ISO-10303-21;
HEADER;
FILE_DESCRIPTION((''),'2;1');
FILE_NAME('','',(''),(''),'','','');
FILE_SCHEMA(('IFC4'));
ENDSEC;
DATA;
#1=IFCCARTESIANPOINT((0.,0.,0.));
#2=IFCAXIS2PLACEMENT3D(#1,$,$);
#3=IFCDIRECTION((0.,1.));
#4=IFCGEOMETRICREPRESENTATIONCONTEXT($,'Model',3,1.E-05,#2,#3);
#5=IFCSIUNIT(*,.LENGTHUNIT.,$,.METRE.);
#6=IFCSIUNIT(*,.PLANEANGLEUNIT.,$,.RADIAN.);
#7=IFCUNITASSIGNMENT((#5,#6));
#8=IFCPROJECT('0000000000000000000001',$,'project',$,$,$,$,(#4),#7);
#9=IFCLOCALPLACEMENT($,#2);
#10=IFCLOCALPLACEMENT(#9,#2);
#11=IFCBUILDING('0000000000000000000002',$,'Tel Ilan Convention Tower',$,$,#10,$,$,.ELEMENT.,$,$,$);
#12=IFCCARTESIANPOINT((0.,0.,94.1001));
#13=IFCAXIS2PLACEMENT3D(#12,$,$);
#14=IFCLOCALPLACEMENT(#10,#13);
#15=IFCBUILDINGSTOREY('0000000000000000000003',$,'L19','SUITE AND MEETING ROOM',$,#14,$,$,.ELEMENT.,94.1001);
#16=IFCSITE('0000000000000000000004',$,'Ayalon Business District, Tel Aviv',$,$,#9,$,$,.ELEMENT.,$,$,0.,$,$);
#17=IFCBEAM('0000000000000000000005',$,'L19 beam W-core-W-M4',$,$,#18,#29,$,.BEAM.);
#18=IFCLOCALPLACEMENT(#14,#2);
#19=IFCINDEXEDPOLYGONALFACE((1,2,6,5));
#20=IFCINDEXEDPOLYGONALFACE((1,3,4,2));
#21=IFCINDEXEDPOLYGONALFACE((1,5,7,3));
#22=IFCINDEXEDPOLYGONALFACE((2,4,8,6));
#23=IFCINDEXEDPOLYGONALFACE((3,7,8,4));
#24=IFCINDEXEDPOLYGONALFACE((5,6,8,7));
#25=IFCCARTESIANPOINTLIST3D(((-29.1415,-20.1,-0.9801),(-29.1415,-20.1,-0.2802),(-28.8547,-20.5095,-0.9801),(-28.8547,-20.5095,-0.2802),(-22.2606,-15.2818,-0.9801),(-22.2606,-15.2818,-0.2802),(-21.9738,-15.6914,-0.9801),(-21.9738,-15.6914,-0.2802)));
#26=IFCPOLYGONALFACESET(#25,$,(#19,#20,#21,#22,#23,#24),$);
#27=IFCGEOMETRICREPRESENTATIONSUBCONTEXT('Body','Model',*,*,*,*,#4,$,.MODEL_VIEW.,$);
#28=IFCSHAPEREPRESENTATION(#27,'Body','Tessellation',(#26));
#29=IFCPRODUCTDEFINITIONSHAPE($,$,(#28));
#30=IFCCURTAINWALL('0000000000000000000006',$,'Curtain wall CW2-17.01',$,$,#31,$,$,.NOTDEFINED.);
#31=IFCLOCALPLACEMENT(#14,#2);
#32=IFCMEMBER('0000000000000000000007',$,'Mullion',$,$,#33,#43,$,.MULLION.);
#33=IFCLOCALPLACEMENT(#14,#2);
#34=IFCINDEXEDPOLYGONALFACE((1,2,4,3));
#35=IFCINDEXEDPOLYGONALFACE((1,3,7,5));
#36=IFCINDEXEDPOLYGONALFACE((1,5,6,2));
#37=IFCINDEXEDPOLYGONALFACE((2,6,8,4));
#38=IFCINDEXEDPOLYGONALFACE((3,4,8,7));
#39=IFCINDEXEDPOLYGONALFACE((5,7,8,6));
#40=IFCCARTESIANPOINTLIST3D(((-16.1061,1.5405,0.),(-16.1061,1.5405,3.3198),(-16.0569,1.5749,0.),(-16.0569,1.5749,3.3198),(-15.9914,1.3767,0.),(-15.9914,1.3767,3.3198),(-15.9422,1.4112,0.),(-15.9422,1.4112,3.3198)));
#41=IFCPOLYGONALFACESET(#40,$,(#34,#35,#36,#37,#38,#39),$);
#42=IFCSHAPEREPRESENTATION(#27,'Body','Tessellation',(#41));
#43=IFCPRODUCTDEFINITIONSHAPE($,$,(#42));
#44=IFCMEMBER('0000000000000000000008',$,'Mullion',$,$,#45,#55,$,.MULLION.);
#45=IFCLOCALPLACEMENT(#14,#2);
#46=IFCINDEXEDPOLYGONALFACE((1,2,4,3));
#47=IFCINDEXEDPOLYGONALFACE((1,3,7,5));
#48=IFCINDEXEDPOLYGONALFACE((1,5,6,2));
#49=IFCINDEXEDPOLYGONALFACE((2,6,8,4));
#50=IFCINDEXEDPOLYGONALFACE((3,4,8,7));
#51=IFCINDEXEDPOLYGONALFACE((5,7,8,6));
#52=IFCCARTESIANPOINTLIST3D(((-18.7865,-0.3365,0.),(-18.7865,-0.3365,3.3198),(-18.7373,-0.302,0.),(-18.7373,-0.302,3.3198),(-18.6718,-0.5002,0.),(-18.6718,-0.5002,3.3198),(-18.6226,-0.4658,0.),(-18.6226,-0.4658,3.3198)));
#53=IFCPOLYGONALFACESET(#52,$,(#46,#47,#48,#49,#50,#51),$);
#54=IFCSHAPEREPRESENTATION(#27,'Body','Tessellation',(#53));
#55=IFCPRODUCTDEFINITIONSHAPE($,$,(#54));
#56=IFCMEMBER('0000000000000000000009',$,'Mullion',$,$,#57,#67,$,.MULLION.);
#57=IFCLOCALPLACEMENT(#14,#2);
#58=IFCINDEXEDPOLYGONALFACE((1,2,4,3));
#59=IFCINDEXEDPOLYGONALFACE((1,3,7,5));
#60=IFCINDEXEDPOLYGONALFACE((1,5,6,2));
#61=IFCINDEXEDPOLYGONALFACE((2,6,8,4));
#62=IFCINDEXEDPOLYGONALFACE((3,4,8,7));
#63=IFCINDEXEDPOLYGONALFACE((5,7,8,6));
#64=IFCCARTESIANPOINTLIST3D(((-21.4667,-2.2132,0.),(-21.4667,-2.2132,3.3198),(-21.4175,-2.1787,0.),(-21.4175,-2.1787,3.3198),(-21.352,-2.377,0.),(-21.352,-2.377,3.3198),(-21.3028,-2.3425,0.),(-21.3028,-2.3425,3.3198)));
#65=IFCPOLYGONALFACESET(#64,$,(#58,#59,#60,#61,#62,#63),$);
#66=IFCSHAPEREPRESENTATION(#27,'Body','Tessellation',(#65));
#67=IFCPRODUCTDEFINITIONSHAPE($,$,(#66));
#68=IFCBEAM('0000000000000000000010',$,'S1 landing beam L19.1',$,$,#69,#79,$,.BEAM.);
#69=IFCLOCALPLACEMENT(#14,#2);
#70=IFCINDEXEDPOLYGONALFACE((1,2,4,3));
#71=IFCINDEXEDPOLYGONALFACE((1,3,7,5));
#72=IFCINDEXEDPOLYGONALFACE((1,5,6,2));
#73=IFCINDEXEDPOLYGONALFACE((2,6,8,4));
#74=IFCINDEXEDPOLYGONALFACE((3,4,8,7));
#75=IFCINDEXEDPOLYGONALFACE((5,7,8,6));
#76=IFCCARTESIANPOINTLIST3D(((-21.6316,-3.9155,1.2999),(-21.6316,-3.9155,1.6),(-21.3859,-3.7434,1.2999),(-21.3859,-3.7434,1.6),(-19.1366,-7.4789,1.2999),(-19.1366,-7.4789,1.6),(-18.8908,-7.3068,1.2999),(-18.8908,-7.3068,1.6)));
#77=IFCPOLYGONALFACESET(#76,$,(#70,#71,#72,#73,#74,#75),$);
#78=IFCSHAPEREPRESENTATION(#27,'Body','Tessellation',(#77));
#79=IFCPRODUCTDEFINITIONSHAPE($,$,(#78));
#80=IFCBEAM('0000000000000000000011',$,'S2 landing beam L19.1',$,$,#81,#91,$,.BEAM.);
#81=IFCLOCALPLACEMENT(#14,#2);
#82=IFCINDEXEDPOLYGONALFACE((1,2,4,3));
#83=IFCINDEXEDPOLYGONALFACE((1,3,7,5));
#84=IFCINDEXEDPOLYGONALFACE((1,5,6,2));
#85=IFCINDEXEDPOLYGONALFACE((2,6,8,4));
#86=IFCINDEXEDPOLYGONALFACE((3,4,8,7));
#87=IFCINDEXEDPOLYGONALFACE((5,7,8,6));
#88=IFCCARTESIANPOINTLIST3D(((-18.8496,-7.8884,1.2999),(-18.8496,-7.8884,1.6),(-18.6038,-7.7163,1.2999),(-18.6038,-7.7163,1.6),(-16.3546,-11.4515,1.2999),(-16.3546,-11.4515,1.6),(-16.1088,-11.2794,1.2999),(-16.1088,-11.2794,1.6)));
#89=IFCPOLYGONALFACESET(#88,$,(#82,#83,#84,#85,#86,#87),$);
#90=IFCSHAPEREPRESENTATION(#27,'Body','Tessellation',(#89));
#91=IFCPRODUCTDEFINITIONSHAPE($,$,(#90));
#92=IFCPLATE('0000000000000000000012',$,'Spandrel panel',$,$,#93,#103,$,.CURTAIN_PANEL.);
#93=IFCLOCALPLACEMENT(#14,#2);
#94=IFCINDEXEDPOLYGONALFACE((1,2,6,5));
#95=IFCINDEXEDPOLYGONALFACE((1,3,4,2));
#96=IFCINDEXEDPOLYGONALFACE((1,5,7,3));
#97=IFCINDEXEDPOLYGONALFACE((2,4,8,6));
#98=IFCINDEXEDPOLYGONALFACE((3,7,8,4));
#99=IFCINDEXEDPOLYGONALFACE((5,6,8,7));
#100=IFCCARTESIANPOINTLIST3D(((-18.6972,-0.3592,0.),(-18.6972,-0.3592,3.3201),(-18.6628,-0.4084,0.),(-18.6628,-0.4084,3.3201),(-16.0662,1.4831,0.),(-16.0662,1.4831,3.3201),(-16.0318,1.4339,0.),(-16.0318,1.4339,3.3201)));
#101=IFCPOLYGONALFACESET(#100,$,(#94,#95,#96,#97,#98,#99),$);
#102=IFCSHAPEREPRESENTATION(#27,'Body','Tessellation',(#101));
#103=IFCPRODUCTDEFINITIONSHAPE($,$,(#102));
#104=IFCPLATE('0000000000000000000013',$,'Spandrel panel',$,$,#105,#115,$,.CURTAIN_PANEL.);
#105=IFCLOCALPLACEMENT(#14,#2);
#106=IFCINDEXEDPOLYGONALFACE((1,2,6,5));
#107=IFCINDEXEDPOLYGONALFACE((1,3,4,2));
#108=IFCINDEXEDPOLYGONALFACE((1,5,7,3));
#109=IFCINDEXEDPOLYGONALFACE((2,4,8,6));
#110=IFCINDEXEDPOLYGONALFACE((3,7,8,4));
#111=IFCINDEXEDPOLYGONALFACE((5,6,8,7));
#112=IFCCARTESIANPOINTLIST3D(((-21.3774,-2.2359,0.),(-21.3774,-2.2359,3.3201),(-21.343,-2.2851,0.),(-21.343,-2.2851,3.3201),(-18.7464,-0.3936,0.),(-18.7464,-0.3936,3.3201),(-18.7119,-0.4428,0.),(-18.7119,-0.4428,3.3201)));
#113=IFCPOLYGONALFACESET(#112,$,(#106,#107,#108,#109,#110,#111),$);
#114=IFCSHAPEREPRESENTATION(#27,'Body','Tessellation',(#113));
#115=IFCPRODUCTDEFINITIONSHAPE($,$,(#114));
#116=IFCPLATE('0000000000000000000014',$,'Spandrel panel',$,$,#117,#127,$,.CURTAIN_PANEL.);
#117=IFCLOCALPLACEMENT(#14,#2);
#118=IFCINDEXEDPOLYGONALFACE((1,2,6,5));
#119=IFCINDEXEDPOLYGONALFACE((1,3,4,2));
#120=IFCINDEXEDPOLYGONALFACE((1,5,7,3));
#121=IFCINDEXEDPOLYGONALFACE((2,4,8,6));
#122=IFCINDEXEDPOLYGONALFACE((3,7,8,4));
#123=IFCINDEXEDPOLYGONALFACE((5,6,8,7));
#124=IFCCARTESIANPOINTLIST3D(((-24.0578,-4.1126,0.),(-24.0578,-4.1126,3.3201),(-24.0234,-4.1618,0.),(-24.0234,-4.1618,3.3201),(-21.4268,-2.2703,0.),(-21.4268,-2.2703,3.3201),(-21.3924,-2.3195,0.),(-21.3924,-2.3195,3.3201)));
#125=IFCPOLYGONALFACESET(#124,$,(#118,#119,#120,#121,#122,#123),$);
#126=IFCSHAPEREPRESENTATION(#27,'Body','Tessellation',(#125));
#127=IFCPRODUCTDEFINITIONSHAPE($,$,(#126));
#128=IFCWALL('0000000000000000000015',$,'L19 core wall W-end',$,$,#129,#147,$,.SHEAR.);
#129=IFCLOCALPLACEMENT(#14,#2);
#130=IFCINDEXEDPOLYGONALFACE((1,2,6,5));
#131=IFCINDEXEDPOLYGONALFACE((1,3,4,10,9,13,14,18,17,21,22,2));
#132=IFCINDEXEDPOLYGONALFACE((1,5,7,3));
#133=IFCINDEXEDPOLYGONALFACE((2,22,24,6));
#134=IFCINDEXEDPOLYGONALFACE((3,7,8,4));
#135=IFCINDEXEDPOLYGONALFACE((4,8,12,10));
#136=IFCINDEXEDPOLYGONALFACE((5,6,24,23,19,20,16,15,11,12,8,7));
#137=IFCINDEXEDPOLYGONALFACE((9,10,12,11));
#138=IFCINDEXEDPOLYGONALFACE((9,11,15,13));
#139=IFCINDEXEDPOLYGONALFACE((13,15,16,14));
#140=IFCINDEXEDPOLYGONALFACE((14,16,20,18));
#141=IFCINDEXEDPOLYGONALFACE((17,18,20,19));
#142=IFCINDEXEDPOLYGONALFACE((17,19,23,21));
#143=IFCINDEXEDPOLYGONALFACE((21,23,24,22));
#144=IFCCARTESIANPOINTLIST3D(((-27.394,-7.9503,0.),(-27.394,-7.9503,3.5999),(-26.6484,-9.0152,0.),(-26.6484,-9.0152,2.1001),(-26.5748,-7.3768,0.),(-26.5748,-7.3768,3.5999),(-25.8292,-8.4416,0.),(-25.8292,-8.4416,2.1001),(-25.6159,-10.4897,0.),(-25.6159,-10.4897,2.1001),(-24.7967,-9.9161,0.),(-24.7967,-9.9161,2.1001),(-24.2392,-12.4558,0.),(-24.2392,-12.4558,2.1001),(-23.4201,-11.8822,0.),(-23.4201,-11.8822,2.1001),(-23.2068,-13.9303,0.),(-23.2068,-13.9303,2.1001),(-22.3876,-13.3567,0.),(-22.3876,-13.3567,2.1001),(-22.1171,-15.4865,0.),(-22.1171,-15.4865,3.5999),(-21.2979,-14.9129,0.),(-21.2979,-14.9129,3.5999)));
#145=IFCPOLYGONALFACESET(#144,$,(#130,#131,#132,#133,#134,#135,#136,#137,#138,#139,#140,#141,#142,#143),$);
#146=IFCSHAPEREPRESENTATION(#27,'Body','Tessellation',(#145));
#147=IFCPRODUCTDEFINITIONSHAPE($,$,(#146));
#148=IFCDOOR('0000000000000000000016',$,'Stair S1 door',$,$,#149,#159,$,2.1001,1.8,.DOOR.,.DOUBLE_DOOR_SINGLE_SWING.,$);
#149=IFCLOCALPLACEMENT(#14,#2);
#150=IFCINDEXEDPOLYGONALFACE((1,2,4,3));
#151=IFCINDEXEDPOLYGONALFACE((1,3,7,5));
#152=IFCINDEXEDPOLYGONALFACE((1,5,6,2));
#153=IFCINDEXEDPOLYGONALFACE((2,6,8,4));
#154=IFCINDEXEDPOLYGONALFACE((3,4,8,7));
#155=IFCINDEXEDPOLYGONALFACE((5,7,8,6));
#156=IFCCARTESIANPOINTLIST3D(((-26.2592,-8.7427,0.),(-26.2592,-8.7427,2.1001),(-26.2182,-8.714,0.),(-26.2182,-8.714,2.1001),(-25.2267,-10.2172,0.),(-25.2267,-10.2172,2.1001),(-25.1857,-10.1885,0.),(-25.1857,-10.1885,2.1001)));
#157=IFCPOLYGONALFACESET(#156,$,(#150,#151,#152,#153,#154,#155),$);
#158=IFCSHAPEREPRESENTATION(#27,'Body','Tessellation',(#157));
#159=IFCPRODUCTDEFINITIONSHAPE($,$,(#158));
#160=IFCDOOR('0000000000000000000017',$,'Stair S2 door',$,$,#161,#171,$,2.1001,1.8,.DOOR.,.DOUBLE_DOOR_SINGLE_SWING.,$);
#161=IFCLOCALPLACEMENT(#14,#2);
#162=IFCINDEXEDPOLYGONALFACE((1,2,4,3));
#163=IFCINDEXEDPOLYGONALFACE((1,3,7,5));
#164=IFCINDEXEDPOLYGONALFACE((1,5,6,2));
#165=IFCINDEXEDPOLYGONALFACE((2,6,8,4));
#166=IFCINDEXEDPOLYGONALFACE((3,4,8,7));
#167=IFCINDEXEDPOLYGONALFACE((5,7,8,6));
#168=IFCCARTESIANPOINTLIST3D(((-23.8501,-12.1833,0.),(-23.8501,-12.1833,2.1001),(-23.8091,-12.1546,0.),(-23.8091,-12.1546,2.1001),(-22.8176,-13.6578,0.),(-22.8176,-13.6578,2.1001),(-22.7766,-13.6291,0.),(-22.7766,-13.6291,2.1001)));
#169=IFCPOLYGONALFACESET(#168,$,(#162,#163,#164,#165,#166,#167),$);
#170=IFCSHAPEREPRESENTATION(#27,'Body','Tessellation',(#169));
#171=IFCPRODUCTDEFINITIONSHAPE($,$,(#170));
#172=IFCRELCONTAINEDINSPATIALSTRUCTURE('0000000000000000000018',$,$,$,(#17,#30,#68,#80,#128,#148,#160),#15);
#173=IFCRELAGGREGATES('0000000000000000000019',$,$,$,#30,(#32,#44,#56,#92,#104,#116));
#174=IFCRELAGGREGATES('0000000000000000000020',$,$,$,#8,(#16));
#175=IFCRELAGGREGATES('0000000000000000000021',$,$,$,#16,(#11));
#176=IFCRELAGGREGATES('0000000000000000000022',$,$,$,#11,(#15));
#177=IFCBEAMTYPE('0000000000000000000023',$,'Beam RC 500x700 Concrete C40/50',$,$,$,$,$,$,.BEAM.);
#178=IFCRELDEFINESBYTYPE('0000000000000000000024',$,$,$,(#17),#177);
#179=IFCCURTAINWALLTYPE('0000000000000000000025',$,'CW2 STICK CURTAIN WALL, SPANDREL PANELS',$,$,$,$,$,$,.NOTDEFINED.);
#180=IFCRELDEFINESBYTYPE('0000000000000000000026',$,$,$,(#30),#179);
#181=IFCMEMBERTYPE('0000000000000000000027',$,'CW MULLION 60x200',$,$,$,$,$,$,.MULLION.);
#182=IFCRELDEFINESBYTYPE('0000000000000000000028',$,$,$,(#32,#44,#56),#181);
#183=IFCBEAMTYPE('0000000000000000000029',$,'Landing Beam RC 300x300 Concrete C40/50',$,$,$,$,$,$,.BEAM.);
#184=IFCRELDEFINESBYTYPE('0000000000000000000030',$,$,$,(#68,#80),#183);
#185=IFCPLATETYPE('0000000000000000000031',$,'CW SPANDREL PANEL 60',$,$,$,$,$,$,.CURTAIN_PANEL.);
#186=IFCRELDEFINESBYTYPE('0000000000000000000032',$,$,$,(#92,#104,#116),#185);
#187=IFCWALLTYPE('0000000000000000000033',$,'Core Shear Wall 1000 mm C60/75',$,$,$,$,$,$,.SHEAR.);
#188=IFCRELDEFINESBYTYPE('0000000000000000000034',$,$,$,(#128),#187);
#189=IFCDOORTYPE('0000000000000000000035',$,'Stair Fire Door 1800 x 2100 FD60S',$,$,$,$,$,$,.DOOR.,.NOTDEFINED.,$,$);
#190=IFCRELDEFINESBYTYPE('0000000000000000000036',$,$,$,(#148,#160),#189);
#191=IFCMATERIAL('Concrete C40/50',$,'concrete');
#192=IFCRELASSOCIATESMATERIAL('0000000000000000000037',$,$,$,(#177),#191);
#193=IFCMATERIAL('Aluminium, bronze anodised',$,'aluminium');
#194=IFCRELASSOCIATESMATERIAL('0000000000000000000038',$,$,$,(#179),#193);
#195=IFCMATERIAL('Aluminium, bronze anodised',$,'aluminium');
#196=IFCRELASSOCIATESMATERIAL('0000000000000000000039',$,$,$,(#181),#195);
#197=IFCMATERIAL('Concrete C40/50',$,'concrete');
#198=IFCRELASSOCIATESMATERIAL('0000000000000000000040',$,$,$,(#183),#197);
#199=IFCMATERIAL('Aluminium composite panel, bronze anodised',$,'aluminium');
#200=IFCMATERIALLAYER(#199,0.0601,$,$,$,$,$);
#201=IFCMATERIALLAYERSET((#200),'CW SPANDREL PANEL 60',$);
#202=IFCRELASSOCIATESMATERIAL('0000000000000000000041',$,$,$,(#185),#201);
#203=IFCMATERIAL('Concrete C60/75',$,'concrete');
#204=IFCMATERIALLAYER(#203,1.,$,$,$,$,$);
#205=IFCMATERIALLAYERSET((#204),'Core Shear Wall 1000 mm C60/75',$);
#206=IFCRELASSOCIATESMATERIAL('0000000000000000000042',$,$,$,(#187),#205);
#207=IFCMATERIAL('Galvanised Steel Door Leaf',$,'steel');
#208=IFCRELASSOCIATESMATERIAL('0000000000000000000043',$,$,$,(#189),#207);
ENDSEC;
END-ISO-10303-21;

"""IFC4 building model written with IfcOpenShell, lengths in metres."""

from ifc_helpers import new_model, si_unit, direction, frame, frame_2d, origin, origin_2d, place, context, subcontext, project, spatial, polyline, rectangle, outline, extrude, material, layer, layer_set, material_profile, profile_set, type_object, element, fill, aggregate, save


model = new_model("IFC4")

# Units and contexts
model_context = context("Model", 3, precision=1e-05, world=origin(), true_north=direction((0.0, 1.0)))
body_context = subcontext(model_context, "Body", "Model", "MODEL_VIEW")
ifc_project = project(units=[si_unit("LENGTHUNIT", "METRE"), si_unit("PLANEANGLEUNIT", "RADIAN")], contexts=[model_context])

# Site, building, storey
site_placement = place(None, origin())
site = spatial("IfcSite", under=ifc_project, at=site_placement, Name="Ayalon Business District, Tel Aviv", CompositionType="ELEMENT", RefElevation=0.0)
building_placement = place(site_placement, origin())
building = spatial("IfcBuilding", under=site, at=building_placement, Name="Tel Ilan Convention Tower", CompositionType="ELEMENT")
storey_placement = place(building_placement, frame((0.0, 0.0, 94.1001)))
storey = spatial("IfcBuildingStorey", under=building, at=storey_placement, Name="L19", Description="SUITE AND MEETING ROOM", CompositionType="ELEMENT", Elevation=94.1001)

# Beam
ifc_material_1 = material(Name="Concrete C40/50", Category="concrete")
ifc_material_profile_1 = material_profile(ifc_material_1, rectangle(XDim=0.5, YDim=0.7, at=origin_2d()), Name="RC 500x700")
ifc_profile_set_1 = profile_set([ifc_material_profile_1], Name="Concrete C40/50")
beam_type_1 = type_object("IfcBeamType", Name="Beam RC 500x700 Concrete C40/50", PredefinedType="BEAM", material=ifc_profile_set_1)
beam_1_placement = place(storey_placement, frame((-22.1172, -15.4866, -0.6301), z_axis=(-0.819147, -0.573583, 0.0), x_axis=(0.573583, -0.819147, 0.0)))
element("IfcBeam", 1, at=beam_1_placement, inside=storey, type_object=beam_type_1, Name="L19 beam W-core-W-M4", PredefinedType="BEAM", context=body_context, shape_type="SweptSolid", body=[
    extrude(rectangle(XDim=0.5, YDim=0.7, at=origin_2d()), origin(), (0.0, 0.0, 1.0), 8.4001),
])

# Curtain wall, members
ifc_material_2 = material(Name="Aluminium, bronze anodised", Category="aluminium")
curtain_wall_type = type_object("IfcCurtainWallType", Name="CW2 STICK CURTAIN WALL, SPANDREL PANELS", PredefinedType="NOTDEFINED", material=ifc_material_2)
curtain_wall_placement = place(storey_placement, origin())
curtain_wall = element("IfcCurtainWall", 2, at=curtain_wall_placement, inside=storey, type_object=curtain_wall_type, Name="Curtain wall CW2-17.01", PredefinedType="NOTDEFINED")
ifc_material_3 = material(Name="Aluminium, bronze anodised", Category="aluminium")
ifc_material_profile_2 = material_profile(ifc_material_3, rectangle(XDim=0.0601, YDim=0.2, at=origin_2d()), Name="CW MULLION 60x200")
ifc_profile_set_2 = profile_set([ifc_material_profile_2], Name="Aluminium, bronze anodised")
member_type = type_object("IfcMemberType", Name="CW MULLION 60x200", PredefinedType="MULLION", material=ifc_profile_set_2)
member_1_placement = place(storey_placement, frame((-16.0242, 1.4758, 0.0), z_axis=(0.0, 0.0, 1.0), x_axis=(-0.819152, -0.573576, 0.0)))
member_1 = element("IfcMember", 3, at=member_1_placement, type_object=member_type, Name="Mullion", PredefinedType="MULLION", context=body_context, shape_type="SweptSolid", body=[
    extrude(rectangle(XDim=0.0601, YDim=0.2, at=origin_2d()), origin(), (0.0, 0.0, 1.0), 3.3198),
])
member_2_placement = place(storey_placement, frame((-18.7046, -0.4011, 0.0), z_axis=(0.0, 0.0, 1.0), x_axis=(-0.819152, -0.573576, 0.0)))
member_2 = element("IfcMember", 4, at=member_2_placement, type_object=member_type, Name="Mullion", PredefinedType="MULLION", context=body_context, shape_type="SweptSolid", body=[
    extrude(rectangle(XDim=0.0601, YDim=0.2, at=origin_2d()), origin(), (0.0, 0.0, 1.0), 3.3198),
])
member_3_placement = place(storey_placement, frame((-21.3848, -2.2778, 0.0), z_axis=(0.0, 0.0, 1.0), x_axis=(-0.819152, -0.573576, 0.0)))
member_3 = element("IfcMember", 5, at=member_3_placement, type_object=member_type, Name="Mullion", PredefinedType="MULLION", context=body_context, shape_type="SweptSolid", body=[
    extrude(rectangle(XDim=0.0601, YDim=0.2, at=origin_2d()), origin(), (0.0, 0.0, 1.0), 3.3198),
])

# Beams
ifc_material_4 = material(Name="Concrete C40/50", Category="concrete")
ifc_material_profile_3 = material_profile(ifc_material_4, rectangle(XDim=0.3, YDim=0.3, at=origin_2d()), Name="RC 300x300")
ifc_profile_set_3 = profile_set([ifc_material_profile_3], Name="Concrete C40/50")
beam_type_2 = type_object("IfcBeamType", Name="Landing Beam RC 300x300 Concrete C40/50", PredefinedType="BEAM", material=ifc_profile_set_3)
beam_2_placement = place(storey_placement, frame((-19.0137, -7.3928, 1.45), z_axis=(-0.573568, 0.819158, 0.0), x_axis=(-0.819158, -0.573568, 0.0)))
element("IfcBeam", 6, at=beam_2_placement, inside=storey, type_object=beam_type_2, Name="S1 landing beam L19.1", PredefinedType="BEAM", context=body_context, shape_type="SweptSolid", body=[
    extrude(rectangle(XDim=0.3, YDim=0.3, at=origin_2d()), origin(), (0.0, 0.0, 1.0), 4.3501),
])
beam_3_placement = place(storey_placement, frame((-16.2317, -11.3655, 1.45), z_axis=(-0.573594, 0.81914, 0.0), x_axis=(-0.81914, -0.573594, 0.0)))
element("IfcBeam", 7, at=beam_3_placement, inside=storey, type_object=beam_type_2, Name="S2 landing beam L19.1", PredefinedType="BEAM", context=body_context, shape_type="SweptSolid", body=[
    extrude(rectangle(XDim=0.3, YDim=0.3, at=origin_2d()), origin(), (0.0, 0.0, 1.0), 4.3499),
])

# Plates
ifc_material_5 = material(Name="Aluminium composite panel, bronze anodised", Category="aluminium")
ifc_layer_1 = layer(ifc_material_5, 0.0601)
ifc_layer_set_1 = layer_set([ifc_layer_1], Name="CW SPANDREL PANEL 60")
plate_type = type_object("IfcPlateType", Name="CW SPANDREL PANEL 60", PredefinedType="CURTAIN_PANEL", material=ifc_layer_set_1)
plate_1_placement = place(storey_placement, frame((-17.3645, 0.5374, 0.0), z_axis=(0.0, 0.0, 1.0), x_axis=(-0.819152, -0.573576, 0.0)))
plate_1 = element("IfcPlate", 8, at=plate_1_placement, type_object=plate_type, Name="Spandrel panel", PredefinedType="CURTAIN_PANEL", context=body_context, shape_type="SweptSolid", body=[
    extrude(rectangle(XDim=3.2119, YDim=0.0601, at=origin_2d()), origin(), (0.0, 0.0, 1.0), 3.3201),
])
plate_2_placement = place(storey_placement, frame((-20.0447, -1.3394, 0.0), z_axis=(0.0, 0.0, 1.0), x_axis=(-0.819152, -0.573576, 0.0)))
plate_2 = element("IfcPlate", 9, at=plate_2_placement, type_object=plate_type, Name="Spandrel panel", PredefinedType="CURTAIN_PANEL", context=body_context, shape_type="SweptSolid", body=[
    extrude(rectangle(XDim=3.2119, YDim=0.0601, at=origin_2d()), origin(), (0.0, 0.0, 1.0), 3.3201),
])
plate_3_placement = place(storey_placement, frame((-22.7251, -3.2161, 0.0), z_axis=(0.0, 0.0, 1.0), x_axis=(-0.819152, -0.573576, 0.0)))
plate_3 = element("IfcPlate", 10, at=plate_3_placement, type_object=plate_type, Name="Spandrel panel", PredefinedType="CURTAIN_PANEL", context=body_context, shape_type="SweptSolid", body=[
    extrude(rectangle(XDim=3.2119, YDim=0.0601, at=origin_2d()), origin(), (0.0, 0.0, 1.0), 3.3201),
])
aggregate(curtain_wall, [member_1, member_2, member_3, plate_1, plate_2, plate_3])

# Wall, openings, doors
ifc_material_6 = material(Name="Concrete C60/75", Category="concrete")
ifc_layer_2 = layer(ifc_material_6, 1.0)
ifc_layer_set_2 = layer_set([ifc_layer_2], Name="Core Shear Wall 1000 mm C60/75")
wall_type_1 = type_object("IfcWallType", Name="Core Shear Wall 1000 mm C60/75", PredefinedType="SHEAR", material=ifc_layer_set_2)
wall_1_placement = place(storey_placement, frame((-21.7075, -15.1997, 0.0), z_axis=(0.0, 0.0, 1.0), x_axis=(-0.573576, 0.819152, 0.0)))
wall_1 = element("IfcWall", 11, at=wall_1_placement, inside=storey, type_object=wall_type_1, Name="L19 core wall W-end", PredefinedType="SHEAR", context=body_context, shape_type="SweptSolid", body=[
    extrude(outline(polyline([(0.0, 0.5), (0.0, -0.5), (9.2, -0.5), (9.2, 0.5), (0.0, 0.5)])), origin(), (0.0, 0.0, 1.0), 3.5999),
])
opening_1_placement = place(wall_1_placement, frame((6.1001, 0.0, 0.0)))
opening_1 = element("IfcOpeningElement", 12, at=opening_1_placement, cuts=wall_1, PredefinedType="OPENING", context=body_context, shape_type="SweptSolid", body=[
    extrude(rectangle(XDim=1.8, YDim=2.1001, at=frame_2d((0.8999, 1.05))), frame((0.0, 0.51, 0.0), z_axis=(0.0, -1.0, 0.0), x_axis=(1.0, 0.0, 0.0)), (0.0, 0.0, 1.0), 1.02),
])
opening_2_placement = place(wall_1_placement, frame((1.8999, 0.0, 0.0)))
opening_2 = element("IfcOpeningElement", 13, at=opening_2_placement, cuts=wall_1, PredefinedType="OPENING", context=body_context, shape_type="SweptSolid", body=[
    extrude(rectangle(XDim=1.8, YDim=2.1001, at=frame_2d((0.8999, 1.05))), frame((0.0, 0.51, 0.0), z_axis=(0.0, -1.0, 0.0), x_axis=(1.0, 0.0, 0.0)), (0.0, 0.0, 1.0), 1.02),
])
ifc_material_7 = material(Name="Galvanised Steel Door Leaf", Category="steel")
door_type_1 = type_object("IfcDoorType", Name="Stair Fire Door 1800 x 2100 FD60S", OperationType="NOTDEFINED", PredefinedType="DOOR", material=ifc_material_7)
door_1_placement = place(opening_1_placement, origin())
door_1 = element("IfcDoor", 14, at=door_1_placement, inside=storey, type_object=door_type_1, Name="Stair S1 door", OperationType="DOUBLE_DOOR_SINGLE_SWING", OverallHeight=2.1001, OverallWidth=1.8, PredefinedType="DOOR", context=body_context, shape_type="SweptSolid", body=[
    extrude(rectangle(XDim=1.8, YDim=2.1001, at=frame_2d((0.8999, 1.05))), frame((0.0, 0.0249, 0.0), z_axis=(0.0, -1.0, 0.0), x_axis=(1.0, 0.0, 0.0)), (0.0, 0.0, 1.0), 0.05),
])
fill(opening_1, door_1)
door_2_placement = place(opening_2_placement, origin())
door_2 = element("IfcDoor", 15, at=door_2_placement, inside=storey, type_object=door_type_1, Name="Stair S2 door", OperationType="DOUBLE_DOOR_SINGLE_SWING", OverallHeight=2.1001, OverallWidth=1.8, PredefinedType="DOOR", context=body_context, shape_type="SweptSolid", body=[
    extrude(rectangle(XDim=1.8, YDim=2.1001, at=frame_2d((0.8999, 1.05))), frame((0.0, 0.0249, 0.0), z_axis=(0.0, -1.0, 0.0), x_axis=(1.0, 0.0, 0.0)), (0.0, 0.0, 1.0), 0.05),
])
fill(opening_2, door_2)

save(model, "model.ifc")
